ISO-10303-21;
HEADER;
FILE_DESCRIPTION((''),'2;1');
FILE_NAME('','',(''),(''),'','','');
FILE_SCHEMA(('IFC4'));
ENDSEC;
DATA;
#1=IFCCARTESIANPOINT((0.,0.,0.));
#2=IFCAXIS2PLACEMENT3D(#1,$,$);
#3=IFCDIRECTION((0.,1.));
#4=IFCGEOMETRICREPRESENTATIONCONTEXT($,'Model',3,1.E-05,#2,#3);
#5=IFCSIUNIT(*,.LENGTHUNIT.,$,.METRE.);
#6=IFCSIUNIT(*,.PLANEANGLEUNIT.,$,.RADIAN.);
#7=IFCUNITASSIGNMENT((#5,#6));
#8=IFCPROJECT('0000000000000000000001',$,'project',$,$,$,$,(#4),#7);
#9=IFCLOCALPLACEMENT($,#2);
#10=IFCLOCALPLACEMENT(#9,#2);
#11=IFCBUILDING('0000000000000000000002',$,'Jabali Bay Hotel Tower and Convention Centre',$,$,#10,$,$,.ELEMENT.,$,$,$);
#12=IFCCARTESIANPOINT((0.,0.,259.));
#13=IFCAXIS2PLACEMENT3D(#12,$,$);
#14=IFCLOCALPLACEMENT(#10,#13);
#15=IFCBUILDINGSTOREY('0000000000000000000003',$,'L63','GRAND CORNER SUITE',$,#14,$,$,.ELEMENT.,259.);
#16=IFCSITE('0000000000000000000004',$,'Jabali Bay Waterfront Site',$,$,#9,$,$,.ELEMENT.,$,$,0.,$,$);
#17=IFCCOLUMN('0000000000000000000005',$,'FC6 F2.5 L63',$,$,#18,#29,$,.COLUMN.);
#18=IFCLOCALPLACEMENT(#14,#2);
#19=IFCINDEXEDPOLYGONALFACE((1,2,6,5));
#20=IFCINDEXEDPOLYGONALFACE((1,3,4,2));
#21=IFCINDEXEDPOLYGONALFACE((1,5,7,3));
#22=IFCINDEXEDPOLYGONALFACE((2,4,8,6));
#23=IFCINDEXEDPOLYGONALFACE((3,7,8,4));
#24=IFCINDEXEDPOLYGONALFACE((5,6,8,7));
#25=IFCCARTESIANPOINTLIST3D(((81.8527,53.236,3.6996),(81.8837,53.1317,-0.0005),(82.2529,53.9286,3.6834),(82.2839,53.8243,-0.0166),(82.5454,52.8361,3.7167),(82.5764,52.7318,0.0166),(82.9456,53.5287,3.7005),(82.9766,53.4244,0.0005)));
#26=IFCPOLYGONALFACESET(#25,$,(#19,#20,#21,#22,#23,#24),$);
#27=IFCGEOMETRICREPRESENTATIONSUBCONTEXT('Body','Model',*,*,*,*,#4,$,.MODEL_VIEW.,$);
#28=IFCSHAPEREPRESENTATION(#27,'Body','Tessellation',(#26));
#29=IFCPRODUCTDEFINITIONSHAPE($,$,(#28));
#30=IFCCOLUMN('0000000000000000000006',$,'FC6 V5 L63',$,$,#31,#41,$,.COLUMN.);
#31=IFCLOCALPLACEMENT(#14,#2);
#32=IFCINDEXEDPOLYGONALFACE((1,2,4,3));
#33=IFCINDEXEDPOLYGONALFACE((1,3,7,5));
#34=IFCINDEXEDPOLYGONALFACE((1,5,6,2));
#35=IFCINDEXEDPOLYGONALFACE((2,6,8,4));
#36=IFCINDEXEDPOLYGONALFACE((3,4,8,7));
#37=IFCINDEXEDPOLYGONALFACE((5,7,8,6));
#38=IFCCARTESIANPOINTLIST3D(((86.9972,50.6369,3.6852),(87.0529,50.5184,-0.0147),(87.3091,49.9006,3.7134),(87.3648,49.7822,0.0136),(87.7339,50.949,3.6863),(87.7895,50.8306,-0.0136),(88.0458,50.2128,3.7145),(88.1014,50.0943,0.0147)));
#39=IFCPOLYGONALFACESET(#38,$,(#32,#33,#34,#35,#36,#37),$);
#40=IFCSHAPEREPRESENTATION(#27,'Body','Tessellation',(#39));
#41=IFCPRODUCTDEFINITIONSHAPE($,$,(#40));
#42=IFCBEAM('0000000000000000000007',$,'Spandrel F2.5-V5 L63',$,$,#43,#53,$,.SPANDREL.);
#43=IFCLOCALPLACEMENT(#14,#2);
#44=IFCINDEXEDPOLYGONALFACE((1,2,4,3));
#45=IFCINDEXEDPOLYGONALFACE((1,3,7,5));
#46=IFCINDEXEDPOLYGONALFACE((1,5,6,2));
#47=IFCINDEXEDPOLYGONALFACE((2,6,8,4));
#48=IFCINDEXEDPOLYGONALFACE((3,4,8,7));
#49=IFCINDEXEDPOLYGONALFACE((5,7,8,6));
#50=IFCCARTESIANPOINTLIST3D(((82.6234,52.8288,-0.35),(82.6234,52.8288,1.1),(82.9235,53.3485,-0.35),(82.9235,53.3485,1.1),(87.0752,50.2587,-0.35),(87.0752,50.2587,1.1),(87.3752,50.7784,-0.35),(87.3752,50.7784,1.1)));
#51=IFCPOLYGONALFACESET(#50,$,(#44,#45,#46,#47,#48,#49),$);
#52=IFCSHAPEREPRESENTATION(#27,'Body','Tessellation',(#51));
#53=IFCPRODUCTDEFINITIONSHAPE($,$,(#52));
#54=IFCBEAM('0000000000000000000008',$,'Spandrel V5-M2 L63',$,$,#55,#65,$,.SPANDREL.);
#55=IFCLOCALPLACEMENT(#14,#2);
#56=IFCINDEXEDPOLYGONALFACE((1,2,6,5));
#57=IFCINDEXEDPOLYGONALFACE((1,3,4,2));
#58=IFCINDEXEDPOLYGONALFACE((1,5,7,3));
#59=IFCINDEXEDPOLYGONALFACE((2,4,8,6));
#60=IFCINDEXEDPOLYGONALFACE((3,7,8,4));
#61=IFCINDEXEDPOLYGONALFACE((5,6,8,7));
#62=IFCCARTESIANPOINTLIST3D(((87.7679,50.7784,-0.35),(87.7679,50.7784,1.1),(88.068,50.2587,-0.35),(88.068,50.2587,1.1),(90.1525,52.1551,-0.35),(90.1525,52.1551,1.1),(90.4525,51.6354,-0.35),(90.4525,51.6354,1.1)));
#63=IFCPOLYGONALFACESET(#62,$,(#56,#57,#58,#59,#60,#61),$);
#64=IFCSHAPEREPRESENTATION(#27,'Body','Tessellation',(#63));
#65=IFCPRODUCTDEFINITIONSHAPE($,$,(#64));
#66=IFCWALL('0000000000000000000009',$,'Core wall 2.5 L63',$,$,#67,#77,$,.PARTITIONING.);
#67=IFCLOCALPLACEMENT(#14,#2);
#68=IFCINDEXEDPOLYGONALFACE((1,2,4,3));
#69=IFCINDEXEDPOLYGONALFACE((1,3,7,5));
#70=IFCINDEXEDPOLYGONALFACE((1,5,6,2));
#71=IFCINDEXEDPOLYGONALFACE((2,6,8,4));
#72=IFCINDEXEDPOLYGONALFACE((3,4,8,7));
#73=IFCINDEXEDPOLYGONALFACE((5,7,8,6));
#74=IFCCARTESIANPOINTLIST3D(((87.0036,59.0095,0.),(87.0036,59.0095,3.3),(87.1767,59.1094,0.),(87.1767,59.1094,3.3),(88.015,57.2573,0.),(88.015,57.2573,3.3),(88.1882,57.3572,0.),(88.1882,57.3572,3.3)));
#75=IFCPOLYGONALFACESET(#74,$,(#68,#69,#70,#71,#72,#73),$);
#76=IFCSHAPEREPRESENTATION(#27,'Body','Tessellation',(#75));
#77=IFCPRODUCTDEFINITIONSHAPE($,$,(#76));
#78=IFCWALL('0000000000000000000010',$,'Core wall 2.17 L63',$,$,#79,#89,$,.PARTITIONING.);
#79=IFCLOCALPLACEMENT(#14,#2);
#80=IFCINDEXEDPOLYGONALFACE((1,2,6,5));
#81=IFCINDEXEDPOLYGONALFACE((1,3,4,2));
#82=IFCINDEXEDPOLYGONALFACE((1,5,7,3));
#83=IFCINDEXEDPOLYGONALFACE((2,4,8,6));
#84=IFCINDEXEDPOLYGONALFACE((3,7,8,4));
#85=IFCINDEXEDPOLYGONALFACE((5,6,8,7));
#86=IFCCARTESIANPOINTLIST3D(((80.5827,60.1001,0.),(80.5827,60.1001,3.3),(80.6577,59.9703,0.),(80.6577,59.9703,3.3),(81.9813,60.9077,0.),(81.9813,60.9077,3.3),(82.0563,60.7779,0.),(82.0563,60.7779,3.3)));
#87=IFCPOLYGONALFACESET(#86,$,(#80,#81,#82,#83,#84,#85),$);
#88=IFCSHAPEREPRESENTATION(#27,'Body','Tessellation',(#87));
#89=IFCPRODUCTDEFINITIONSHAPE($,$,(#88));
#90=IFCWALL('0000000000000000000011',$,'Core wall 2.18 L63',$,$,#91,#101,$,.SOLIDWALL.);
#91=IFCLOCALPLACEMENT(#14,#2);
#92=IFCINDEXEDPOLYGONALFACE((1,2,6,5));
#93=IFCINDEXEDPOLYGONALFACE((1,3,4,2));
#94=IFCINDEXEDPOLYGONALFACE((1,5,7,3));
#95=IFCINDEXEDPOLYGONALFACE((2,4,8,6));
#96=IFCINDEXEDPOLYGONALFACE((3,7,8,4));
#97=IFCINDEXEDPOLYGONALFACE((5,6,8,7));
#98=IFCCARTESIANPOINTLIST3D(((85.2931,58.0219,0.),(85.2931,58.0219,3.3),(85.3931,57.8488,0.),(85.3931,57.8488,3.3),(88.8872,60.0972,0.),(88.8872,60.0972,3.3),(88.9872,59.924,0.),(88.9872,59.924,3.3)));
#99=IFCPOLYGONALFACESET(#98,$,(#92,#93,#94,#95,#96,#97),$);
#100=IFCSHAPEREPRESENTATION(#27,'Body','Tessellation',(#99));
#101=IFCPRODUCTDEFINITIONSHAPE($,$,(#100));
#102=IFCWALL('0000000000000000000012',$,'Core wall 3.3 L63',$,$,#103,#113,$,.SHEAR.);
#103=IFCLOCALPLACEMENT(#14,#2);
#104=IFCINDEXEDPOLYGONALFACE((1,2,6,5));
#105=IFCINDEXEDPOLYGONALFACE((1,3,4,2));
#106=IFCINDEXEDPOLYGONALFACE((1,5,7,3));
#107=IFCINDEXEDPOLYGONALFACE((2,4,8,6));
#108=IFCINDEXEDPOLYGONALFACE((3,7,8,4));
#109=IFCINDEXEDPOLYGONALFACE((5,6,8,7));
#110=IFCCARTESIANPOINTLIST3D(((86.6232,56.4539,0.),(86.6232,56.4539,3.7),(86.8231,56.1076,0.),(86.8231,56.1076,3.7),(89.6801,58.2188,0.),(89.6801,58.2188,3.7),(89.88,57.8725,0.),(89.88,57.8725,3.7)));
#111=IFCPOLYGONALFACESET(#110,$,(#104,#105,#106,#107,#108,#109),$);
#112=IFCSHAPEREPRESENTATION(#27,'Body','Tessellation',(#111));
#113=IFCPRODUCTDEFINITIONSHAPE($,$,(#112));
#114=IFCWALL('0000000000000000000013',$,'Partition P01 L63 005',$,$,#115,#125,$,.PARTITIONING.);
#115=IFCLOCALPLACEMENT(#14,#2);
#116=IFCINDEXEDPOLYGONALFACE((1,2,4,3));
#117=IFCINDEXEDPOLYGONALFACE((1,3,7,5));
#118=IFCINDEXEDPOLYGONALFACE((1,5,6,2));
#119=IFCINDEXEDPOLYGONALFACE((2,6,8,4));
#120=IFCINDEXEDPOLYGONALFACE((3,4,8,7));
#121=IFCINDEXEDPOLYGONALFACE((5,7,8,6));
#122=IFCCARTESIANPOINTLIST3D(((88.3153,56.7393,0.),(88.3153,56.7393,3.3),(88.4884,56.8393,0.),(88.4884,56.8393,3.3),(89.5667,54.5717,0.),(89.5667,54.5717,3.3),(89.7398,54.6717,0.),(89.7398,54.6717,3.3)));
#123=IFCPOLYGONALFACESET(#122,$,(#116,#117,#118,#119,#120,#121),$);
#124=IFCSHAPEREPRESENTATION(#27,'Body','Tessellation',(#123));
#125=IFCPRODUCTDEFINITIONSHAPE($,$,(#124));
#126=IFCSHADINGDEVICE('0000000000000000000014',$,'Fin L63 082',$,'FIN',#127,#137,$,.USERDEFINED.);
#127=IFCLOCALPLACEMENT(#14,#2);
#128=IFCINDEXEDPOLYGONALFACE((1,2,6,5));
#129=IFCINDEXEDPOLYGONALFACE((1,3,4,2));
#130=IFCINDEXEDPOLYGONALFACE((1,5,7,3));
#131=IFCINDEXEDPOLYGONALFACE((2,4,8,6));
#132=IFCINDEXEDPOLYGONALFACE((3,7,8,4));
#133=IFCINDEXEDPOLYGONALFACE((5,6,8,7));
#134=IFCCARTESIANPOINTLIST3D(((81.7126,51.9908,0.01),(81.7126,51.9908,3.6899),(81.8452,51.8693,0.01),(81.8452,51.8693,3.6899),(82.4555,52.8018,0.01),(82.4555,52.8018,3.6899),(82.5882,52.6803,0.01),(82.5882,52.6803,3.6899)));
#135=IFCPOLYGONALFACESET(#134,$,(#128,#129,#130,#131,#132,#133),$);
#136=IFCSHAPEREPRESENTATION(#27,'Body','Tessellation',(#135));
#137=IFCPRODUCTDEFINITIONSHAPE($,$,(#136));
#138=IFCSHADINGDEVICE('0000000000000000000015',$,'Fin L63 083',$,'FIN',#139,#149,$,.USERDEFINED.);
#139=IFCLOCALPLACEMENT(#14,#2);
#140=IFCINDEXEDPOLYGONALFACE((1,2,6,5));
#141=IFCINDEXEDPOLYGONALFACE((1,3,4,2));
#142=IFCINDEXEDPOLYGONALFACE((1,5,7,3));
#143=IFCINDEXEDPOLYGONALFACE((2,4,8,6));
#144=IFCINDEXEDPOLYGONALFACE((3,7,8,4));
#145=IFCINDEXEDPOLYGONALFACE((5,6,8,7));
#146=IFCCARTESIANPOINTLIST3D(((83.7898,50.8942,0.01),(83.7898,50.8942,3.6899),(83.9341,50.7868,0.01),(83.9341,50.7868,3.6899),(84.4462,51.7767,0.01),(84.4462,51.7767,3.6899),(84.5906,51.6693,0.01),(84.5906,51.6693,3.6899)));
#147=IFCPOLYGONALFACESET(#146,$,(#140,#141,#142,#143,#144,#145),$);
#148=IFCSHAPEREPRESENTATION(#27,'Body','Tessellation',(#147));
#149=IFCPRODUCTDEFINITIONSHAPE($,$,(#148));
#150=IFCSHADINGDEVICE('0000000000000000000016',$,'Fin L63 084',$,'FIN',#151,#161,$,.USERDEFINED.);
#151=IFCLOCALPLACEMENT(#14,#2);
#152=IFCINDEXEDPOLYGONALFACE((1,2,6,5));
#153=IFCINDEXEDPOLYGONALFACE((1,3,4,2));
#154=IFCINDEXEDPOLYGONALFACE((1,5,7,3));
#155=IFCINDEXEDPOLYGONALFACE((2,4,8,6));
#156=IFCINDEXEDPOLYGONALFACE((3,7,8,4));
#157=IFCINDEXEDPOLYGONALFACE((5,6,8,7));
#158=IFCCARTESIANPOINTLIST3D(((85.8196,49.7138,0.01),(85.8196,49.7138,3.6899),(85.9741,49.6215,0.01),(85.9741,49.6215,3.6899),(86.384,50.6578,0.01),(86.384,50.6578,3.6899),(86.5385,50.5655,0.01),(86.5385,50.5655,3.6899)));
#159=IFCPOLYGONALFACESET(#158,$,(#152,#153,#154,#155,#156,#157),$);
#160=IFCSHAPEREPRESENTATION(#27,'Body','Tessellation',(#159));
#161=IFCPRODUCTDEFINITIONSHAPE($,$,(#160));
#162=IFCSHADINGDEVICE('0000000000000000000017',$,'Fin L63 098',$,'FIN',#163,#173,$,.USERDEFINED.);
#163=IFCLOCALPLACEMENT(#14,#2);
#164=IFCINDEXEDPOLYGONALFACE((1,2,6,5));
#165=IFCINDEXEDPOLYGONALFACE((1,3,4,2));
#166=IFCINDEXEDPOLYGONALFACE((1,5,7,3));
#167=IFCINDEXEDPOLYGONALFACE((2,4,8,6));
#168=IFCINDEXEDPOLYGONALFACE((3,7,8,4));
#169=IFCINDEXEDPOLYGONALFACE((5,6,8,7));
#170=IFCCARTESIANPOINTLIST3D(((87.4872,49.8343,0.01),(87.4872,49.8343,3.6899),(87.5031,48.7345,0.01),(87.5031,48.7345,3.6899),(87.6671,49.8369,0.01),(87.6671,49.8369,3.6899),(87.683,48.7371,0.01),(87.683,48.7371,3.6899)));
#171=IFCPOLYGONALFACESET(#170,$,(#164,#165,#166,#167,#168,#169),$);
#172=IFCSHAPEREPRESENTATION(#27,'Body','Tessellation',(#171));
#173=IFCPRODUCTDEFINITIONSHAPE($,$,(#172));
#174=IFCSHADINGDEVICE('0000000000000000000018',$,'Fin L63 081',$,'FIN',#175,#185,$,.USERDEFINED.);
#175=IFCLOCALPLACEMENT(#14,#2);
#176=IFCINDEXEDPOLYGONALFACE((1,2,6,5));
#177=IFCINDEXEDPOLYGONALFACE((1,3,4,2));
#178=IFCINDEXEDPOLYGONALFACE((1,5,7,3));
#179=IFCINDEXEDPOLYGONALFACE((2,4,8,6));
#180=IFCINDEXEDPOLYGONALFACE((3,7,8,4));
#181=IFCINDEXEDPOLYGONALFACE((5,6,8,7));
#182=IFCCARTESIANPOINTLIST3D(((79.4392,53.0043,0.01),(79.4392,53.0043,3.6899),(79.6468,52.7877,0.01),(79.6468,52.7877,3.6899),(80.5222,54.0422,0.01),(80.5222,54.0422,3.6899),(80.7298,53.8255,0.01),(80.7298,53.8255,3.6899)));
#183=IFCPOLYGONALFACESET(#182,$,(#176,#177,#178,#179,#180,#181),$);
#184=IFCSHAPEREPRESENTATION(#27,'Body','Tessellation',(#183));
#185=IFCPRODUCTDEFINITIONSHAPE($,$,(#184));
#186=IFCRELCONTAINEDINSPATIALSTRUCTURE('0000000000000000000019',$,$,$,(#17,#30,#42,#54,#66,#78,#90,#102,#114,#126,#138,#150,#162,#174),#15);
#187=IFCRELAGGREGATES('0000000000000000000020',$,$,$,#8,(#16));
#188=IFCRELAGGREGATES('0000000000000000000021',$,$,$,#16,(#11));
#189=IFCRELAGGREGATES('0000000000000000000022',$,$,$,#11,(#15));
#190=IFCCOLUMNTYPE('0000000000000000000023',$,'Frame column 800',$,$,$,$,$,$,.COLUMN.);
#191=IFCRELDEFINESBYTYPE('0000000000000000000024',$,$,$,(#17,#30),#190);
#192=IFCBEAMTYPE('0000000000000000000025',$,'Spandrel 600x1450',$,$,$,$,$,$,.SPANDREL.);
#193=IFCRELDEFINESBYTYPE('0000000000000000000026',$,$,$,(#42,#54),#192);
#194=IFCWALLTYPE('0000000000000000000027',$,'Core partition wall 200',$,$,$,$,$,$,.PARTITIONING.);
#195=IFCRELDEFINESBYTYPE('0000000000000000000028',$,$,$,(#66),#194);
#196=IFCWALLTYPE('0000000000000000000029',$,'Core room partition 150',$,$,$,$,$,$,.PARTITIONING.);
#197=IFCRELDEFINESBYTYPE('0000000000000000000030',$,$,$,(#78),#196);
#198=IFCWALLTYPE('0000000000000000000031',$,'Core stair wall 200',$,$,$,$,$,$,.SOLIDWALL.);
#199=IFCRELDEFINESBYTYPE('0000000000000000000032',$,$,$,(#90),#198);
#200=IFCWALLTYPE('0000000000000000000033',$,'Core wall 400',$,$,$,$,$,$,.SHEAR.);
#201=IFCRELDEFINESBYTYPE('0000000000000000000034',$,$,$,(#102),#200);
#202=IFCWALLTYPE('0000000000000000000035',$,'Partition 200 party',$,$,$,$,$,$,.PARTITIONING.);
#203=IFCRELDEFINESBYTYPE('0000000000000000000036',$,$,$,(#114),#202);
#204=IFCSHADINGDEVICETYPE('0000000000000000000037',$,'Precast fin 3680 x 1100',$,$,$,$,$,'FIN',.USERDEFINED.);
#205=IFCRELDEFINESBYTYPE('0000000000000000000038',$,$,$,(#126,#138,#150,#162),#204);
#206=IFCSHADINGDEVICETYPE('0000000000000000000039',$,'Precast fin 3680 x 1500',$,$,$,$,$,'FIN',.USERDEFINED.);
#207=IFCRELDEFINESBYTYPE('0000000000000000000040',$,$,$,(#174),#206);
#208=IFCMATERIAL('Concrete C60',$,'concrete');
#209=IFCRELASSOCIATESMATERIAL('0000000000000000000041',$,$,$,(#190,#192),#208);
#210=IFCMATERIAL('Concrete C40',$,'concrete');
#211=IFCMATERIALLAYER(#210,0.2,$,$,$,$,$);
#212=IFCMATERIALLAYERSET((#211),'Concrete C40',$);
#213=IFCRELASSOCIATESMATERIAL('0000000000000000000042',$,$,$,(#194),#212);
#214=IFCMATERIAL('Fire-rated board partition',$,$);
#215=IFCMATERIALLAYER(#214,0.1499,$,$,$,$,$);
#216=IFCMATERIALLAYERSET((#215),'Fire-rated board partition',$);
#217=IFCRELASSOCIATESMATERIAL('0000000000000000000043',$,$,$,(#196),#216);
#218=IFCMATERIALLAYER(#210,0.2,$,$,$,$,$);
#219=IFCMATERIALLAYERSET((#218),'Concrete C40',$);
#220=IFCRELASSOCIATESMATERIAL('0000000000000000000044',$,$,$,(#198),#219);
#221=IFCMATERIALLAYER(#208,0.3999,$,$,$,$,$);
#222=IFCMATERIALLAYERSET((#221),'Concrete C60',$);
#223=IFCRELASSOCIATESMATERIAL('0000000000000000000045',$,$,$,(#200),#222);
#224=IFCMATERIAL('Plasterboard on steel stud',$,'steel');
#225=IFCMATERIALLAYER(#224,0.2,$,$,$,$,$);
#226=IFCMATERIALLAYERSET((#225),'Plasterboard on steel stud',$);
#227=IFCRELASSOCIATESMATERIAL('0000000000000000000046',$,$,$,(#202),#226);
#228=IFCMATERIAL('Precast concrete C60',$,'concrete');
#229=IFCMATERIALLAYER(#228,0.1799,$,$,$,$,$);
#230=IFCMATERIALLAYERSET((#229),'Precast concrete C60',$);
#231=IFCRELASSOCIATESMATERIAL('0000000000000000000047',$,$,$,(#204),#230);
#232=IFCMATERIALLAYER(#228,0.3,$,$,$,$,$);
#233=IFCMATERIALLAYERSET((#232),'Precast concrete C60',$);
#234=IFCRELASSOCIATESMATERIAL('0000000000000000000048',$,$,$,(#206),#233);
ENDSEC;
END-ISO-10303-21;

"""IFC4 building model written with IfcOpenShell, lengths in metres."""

from ifc_helpers import new_model, si_unit, direction, frame, frame_2d, origin, origin_2d, place, context, subcontext, project, spatial, rectangle, extrude, material, layer, layer_set, material_profile, profile_set, type_object, element, save


model = new_model("IFC4")

# Units and contexts
model_context = context("Model", 3, precision=1e-05, world=origin(), true_north=direction((0.0, 1.0)))
body_context = subcontext(model_context, "Body", "Model", "MODEL_VIEW")
ifc_project = project(units=[si_unit("LENGTHUNIT", "METRE"), si_unit("PLANEANGLEUNIT", "RADIAN")], contexts=[model_context])

# Site, building, storey
site_placement = place(None, origin())
site = spatial("IfcSite", under=ifc_project, at=site_placement, Name="Jabali Bay Waterfront Site", CompositionType="ELEMENT", RefElevation=0.0)
building_placement = place(site_placement, origin())
building = spatial("IfcBuilding", under=site, at=building_placement, Name="Jabali Bay Hotel Tower and Convention Centre", CompositionType="ELEMENT")
storey_placement = place(building_placement, frame((0.0, 0.0, 259.0)))
storey = spatial("IfcBuildingStorey", under=building, at=storey_placement, Name="L63", Description="GRAND CORNER SUITE", CompositionType="ELEMENT", Elevation=259.0)

# Columns
ifc_material_1 = material(Name="Concrete C60", Category="concrete")
ifc_material_profile_1 = material_profile(ifc_material_1, rectangle(XDim=0.8, YDim=0.8, at=origin_2d()), Name="Frame column 800")
ifc_profile_set_1 = profile_set([ifc_material_profile_1], Name="Concrete C60")
column_type = type_object("IfcColumnType", Name="Frame column 800", PredefinedType="COLUMN", material=ifc_profile_set_1)
column_1_placement = place(storey_placement, frame((82.4302, 53.2781, 0.0), z_axis=(-0.008376, 0.028163, 0.999568), x_axis=(-0.50023, -0.865657, 0.020198)))
element("IfcColumn", 1, at=column_1_placement, inside=storey, type_object=column_type, Name="FC6 F2.5 L63", PredefinedType="COLUMN", context=body_context, shape_type="SweptSolid", body=[
    extrude(rectangle(XDim=0.8, YDim=0.8, at=origin_2d()), origin(), (0.0, 0.0, 1.0), 3.7017),
])
column_2_placement = place(storey_placement, frame((87.5771, 50.3064, 0.0), z_axis=(-0.015035, 0.031983, 0.999375), x_axis=(0.38983, -0.92021, 0.035314)))
element("IfcColumn", 2, at=column_2_placement, inside=storey, type_object=column_type, Name="FC6 V5 L63", PredefinedType="COLUMN", context=body_context, shape_type="SweptSolid", body=[
    extrude(rectangle(XDim=0.8, YDim=0.8, at=origin_2d()), origin(), (0.0, 0.0, 1.0), 3.7021),
])

# Beams
ifc_material_profile_2 = material_profile(ifc_material_1, rectangle(XDim=0.6001, YDim=1.45, at=origin_2d()), Name="Spandrel 600x1450")
ifc_profile_set_2 = profile_set([ifc_material_profile_2], Name="Concrete C60")
beam_type = type_object("IfcBeamType", Name="Spandrel 600x1450", PredefinedType="SPANDREL", material=ifc_profile_set_2)
beam_1_placement = place(storey_placement, frame((82.7734, 53.0886, 0.375), z_axis=(0.866034, -0.499986, 0.0), x_axis=(0.499986, 0.866034, 0.0)))
element("IfcBeam", 3, at=beam_1_placement, inside=storey, type_object=beam_type, Name="Spandrel F2.5-V5 L63", PredefinedType="SPANDREL", context=body_context, shape_type="SweptSolid", body=[
    extrude(rectangle(XDim=0.6001, YDim=1.45, at=origin_2d()), origin(), (0.0, 0.0, 1.0), 5.1404),
])
beam_2_placement = place(storey_placement, frame((87.918, 50.5186, 0.375), z_axis=(0.866025, 0.500001, 0.0), x_axis=(-0.500001, 0.866025, 0.0)))
element("IfcBeam", 4, at=beam_2_placement, inside=storey, type_object=beam_type, Name="Spandrel V5-M2 L63", PredefinedType="SPANDREL", context=body_context, shape_type="SweptSolid", body=[
    extrude(rectangle(XDim=0.6001, YDim=1.45, at=origin_2d()), origin(), (0.0, 0.0, 1.0), 2.7534),
])

# Walls
ifc_material_2 = material(Name="Concrete C40", Category="concrete")
ifc_layer_1 = layer(ifc_material_2, 0.2)
ifc_layer_set_1 = layer_set([ifc_layer_1], Name="Concrete C40")
wall_type_1 = type_object("IfcWallType", Name="Core partition wall 200", PredefinedType="PARTITIONING", material=ifc_layer_set_1)
wall_1_placement = place(storey_placement, frame((87.0901, 59.0596, 0.0), z_axis=(0.0, 0.0, 1.0), x_axis=(0.499942, -0.866059, 0.0)))
element("IfcWall", 5, at=wall_1_placement, inside=storey, type_object=wall_type_1, Name="Core wall 2.5 L63", PredefinedType="PARTITIONING", context=body_context, shape_type="SweptSolid", body=[
    extrude(rectangle(XDim=2.0232, YDim=0.2, at=frame_2d((1.0117, 0.0))), origin(), (0.0, 0.0, 1.0), 3.3),
])
ifc_material_3 = material(Name="Fire-rated board partition")
ifc_layer_2 = layer(ifc_material_3, 0.1499)
ifc_layer_set_2 = layer_set([ifc_layer_2], Name="Fire-rated board partition")
wall_type_2 = type_object("IfcWallType", Name="Core room partition 150", PredefinedType="PARTITIONING", material=ifc_layer_set_2)
wall_2_placement = place(storey_placement, frame((80.6201, 60.0352, 0.0), z_axis=(0.0, 0.0, 1.0), x_axis=(0.866002, 0.500041, 0.0)))
element("IfcWall", 6, at=wall_2_placement, inside=storey, type_object=wall_type_2, Name="Core wall 2.17 L63", PredefinedType="PARTITIONING", context=body_context, shape_type="SweptSolid", body=[
    extrude(rectangle(XDim=1.615, YDim=0.1499, at=frame_2d((0.8076, 0.0))), origin(), (0.0, 0.0, 1.0), 3.3),
])
ifc_layer_3 = layer(ifc_material_2, 0.2)
ifc_layer_set_3 = layer_set([ifc_layer_3], Name="Concrete C40")
wall_type_3 = type_object("IfcWallType", Name="Core stair wall 200", PredefinedType="SOLIDWALL", material=ifc_layer_set_3)
wall_3_placement = place(storey_placement, frame((85.343, 57.9353, 0.0), z_axis=(0.0, 0.0, 1.0), x_axis=(0.866004, 0.500036, 0.0)))
element("IfcWall", 7, at=wall_3_placement, inside=storey, type_object=wall_type_3, Name="Core wall 2.18 L63", PredefinedType="SOLIDWALL", context=body_context, shape_type="SweptSolid", body=[
    extrude(rectangle(XDim=4.1501, YDim=0.2, at=frame_2d((2.0752, 0.0))), origin(), (0.0, 0.0, 1.0), 3.3),
])
ifc_layer_4 = layer(ifc_material_1, 0.3999)
ifc_layer_set_4 = layer_set([ifc_layer_4], Name="Concrete C60")
wall_type_4 = type_object("IfcWallType", Name="Core wall 400", PredefinedType="SHEAR", material=ifc_layer_set_4)
wall_4_placement = place(storey_placement, frame((86.7231, 56.2808, 0.0), z_axis=(0.0, 0.0, 1.0), x_axis=(0.866025, 0.5, 0.0)))
element("IfcWall", 8, at=wall_4_placement, inside=storey, type_object=wall_type_4, Name="Core wall 3.3 L63", PredefinedType="SHEAR", context=body_context, shape_type="SweptSolid", body=[
    extrude(rectangle(XDim=3.5298, YDim=0.3999, at=frame_2d((1.7649, 0.0))), origin(), (0.0, 0.0, 1.0), 3.7),
])

# Wall
ifc_material_4 = material(Name="Plasterboard on steel stud", Category="steel")
ifc_layer_5 = layer(ifc_material_4, 0.2)
ifc_layer_set_5 = layer_set([ifc_layer_5], Name="Plasterboard on steel stud")
wall_type_5 = type_object("IfcWallType", Name="Partition 200 party", PredefinedType="PARTITIONING", material=ifc_layer_set_5)
wall_5_placement = place(storey_placement, frame((88.4019, 56.7893, 0.0), z_axis=(0.0, 0.0, 1.0), x_axis=(0.499979, -0.866038, 0.0)))
element("IfcWall", 9, at=wall_5_placement, inside=storey, type_object=wall_type_5, Name="Partition P01 L63 005", PredefinedType="PARTITIONING", context=body_context, shape_type="SweptSolid", body=[
    extrude(rectangle(XDim=2.5029, YDim=0.2, at=frame_2d((1.2515, 0.0))), origin(), (0.0, 0.0, 1.0), 3.3),
])

# Shading devices
ifc_material_5 = material(Name="Precast concrete C60", Category="concrete")
ifc_layer_6 = layer(ifc_material_5, 0.1799)
ifc_layer_set_6 = layer_set([ifc_layer_6], Name="Precast concrete C60")
shading_device_type_1 = type_object("IfcShadingDeviceType", Name="Precast fin 3680 x 1100", ElementType="FIN", PredefinedType="USERDEFINED", material=ifc_layer_set_6)
for number, where, z_axis, x_axis, name in (
    (10, (82.5217, 52.741, 0.01), (0.0, 0.0, 1.0), (-0.675463, -0.737394, 0.0), "Fin L63 082"),
    (11, (84.5183, 51.7229, 0.01), (0.0, 0.0, 1.0), (-0.596835, -0.802364, 0.0), "Fin L63 083"),
    (12, (86.4612, 50.6116, 0.01), (0.0, 0.0, 1.0), (-0.513157, -0.858295, 0.0), "Fin L63 084"),
    (13, (87.5771, 49.8354, 0.01), (0.0, 0.0, 1.0), (0.014427, -0.999896, 0.0), "Fin L63 098"),
):
    element("IfcShadingDevice", number, at=place(storey_placement, frame(where, z_axis=z_axis, x_axis=x_axis)), inside=storey, type_object=shading_device_type_1, Name=name, ObjectType="FIN", PredefinedType="USERDEFINED", context=body_context, shape_type="SweptSolid", body=[
        extrude(rectangle(XDim=1.0999, YDim=0.1799, at=frame_2d((0.5498, 0.0))), origin(), (0.0, 0.0, 1.0), 3.6799),
    ])
ifc_layer_7 = layer(ifc_material_5, 0.3)
ifc_layer_set_7 = layer_set([ifc_layer_7], Name="Precast concrete C60")
shading_device_type_2 = type_object("IfcShadingDeviceType", Name="Precast fin 3680 x 1500", ElementType="FIN", PredefinedType="USERDEFINED", material=ifc_layer_set_7)
shading_device_1_placement = place(storey_placement, frame((80.626, 53.9338, 0.01), z_axis=(0.0, 0.0, 1.0), x_axis=(-0.722002, -0.691891, 0.0)))
element("IfcShadingDevice", 14, at=shading_device_1_placement, inside=storey, type_object=shading_device_type_2, Name="Fin L63 081", ObjectType="FIN", PredefinedType="USERDEFINED", context=body_context, shape_type="SweptSolid", body=[
    extrude(rectangle(XDim=1.5, YDim=0.3, at=frame_2d((0.75, 0.0))), origin(), (0.0, 0.0, 1.0), 3.6799),
])

save(model, "model.ifc")
